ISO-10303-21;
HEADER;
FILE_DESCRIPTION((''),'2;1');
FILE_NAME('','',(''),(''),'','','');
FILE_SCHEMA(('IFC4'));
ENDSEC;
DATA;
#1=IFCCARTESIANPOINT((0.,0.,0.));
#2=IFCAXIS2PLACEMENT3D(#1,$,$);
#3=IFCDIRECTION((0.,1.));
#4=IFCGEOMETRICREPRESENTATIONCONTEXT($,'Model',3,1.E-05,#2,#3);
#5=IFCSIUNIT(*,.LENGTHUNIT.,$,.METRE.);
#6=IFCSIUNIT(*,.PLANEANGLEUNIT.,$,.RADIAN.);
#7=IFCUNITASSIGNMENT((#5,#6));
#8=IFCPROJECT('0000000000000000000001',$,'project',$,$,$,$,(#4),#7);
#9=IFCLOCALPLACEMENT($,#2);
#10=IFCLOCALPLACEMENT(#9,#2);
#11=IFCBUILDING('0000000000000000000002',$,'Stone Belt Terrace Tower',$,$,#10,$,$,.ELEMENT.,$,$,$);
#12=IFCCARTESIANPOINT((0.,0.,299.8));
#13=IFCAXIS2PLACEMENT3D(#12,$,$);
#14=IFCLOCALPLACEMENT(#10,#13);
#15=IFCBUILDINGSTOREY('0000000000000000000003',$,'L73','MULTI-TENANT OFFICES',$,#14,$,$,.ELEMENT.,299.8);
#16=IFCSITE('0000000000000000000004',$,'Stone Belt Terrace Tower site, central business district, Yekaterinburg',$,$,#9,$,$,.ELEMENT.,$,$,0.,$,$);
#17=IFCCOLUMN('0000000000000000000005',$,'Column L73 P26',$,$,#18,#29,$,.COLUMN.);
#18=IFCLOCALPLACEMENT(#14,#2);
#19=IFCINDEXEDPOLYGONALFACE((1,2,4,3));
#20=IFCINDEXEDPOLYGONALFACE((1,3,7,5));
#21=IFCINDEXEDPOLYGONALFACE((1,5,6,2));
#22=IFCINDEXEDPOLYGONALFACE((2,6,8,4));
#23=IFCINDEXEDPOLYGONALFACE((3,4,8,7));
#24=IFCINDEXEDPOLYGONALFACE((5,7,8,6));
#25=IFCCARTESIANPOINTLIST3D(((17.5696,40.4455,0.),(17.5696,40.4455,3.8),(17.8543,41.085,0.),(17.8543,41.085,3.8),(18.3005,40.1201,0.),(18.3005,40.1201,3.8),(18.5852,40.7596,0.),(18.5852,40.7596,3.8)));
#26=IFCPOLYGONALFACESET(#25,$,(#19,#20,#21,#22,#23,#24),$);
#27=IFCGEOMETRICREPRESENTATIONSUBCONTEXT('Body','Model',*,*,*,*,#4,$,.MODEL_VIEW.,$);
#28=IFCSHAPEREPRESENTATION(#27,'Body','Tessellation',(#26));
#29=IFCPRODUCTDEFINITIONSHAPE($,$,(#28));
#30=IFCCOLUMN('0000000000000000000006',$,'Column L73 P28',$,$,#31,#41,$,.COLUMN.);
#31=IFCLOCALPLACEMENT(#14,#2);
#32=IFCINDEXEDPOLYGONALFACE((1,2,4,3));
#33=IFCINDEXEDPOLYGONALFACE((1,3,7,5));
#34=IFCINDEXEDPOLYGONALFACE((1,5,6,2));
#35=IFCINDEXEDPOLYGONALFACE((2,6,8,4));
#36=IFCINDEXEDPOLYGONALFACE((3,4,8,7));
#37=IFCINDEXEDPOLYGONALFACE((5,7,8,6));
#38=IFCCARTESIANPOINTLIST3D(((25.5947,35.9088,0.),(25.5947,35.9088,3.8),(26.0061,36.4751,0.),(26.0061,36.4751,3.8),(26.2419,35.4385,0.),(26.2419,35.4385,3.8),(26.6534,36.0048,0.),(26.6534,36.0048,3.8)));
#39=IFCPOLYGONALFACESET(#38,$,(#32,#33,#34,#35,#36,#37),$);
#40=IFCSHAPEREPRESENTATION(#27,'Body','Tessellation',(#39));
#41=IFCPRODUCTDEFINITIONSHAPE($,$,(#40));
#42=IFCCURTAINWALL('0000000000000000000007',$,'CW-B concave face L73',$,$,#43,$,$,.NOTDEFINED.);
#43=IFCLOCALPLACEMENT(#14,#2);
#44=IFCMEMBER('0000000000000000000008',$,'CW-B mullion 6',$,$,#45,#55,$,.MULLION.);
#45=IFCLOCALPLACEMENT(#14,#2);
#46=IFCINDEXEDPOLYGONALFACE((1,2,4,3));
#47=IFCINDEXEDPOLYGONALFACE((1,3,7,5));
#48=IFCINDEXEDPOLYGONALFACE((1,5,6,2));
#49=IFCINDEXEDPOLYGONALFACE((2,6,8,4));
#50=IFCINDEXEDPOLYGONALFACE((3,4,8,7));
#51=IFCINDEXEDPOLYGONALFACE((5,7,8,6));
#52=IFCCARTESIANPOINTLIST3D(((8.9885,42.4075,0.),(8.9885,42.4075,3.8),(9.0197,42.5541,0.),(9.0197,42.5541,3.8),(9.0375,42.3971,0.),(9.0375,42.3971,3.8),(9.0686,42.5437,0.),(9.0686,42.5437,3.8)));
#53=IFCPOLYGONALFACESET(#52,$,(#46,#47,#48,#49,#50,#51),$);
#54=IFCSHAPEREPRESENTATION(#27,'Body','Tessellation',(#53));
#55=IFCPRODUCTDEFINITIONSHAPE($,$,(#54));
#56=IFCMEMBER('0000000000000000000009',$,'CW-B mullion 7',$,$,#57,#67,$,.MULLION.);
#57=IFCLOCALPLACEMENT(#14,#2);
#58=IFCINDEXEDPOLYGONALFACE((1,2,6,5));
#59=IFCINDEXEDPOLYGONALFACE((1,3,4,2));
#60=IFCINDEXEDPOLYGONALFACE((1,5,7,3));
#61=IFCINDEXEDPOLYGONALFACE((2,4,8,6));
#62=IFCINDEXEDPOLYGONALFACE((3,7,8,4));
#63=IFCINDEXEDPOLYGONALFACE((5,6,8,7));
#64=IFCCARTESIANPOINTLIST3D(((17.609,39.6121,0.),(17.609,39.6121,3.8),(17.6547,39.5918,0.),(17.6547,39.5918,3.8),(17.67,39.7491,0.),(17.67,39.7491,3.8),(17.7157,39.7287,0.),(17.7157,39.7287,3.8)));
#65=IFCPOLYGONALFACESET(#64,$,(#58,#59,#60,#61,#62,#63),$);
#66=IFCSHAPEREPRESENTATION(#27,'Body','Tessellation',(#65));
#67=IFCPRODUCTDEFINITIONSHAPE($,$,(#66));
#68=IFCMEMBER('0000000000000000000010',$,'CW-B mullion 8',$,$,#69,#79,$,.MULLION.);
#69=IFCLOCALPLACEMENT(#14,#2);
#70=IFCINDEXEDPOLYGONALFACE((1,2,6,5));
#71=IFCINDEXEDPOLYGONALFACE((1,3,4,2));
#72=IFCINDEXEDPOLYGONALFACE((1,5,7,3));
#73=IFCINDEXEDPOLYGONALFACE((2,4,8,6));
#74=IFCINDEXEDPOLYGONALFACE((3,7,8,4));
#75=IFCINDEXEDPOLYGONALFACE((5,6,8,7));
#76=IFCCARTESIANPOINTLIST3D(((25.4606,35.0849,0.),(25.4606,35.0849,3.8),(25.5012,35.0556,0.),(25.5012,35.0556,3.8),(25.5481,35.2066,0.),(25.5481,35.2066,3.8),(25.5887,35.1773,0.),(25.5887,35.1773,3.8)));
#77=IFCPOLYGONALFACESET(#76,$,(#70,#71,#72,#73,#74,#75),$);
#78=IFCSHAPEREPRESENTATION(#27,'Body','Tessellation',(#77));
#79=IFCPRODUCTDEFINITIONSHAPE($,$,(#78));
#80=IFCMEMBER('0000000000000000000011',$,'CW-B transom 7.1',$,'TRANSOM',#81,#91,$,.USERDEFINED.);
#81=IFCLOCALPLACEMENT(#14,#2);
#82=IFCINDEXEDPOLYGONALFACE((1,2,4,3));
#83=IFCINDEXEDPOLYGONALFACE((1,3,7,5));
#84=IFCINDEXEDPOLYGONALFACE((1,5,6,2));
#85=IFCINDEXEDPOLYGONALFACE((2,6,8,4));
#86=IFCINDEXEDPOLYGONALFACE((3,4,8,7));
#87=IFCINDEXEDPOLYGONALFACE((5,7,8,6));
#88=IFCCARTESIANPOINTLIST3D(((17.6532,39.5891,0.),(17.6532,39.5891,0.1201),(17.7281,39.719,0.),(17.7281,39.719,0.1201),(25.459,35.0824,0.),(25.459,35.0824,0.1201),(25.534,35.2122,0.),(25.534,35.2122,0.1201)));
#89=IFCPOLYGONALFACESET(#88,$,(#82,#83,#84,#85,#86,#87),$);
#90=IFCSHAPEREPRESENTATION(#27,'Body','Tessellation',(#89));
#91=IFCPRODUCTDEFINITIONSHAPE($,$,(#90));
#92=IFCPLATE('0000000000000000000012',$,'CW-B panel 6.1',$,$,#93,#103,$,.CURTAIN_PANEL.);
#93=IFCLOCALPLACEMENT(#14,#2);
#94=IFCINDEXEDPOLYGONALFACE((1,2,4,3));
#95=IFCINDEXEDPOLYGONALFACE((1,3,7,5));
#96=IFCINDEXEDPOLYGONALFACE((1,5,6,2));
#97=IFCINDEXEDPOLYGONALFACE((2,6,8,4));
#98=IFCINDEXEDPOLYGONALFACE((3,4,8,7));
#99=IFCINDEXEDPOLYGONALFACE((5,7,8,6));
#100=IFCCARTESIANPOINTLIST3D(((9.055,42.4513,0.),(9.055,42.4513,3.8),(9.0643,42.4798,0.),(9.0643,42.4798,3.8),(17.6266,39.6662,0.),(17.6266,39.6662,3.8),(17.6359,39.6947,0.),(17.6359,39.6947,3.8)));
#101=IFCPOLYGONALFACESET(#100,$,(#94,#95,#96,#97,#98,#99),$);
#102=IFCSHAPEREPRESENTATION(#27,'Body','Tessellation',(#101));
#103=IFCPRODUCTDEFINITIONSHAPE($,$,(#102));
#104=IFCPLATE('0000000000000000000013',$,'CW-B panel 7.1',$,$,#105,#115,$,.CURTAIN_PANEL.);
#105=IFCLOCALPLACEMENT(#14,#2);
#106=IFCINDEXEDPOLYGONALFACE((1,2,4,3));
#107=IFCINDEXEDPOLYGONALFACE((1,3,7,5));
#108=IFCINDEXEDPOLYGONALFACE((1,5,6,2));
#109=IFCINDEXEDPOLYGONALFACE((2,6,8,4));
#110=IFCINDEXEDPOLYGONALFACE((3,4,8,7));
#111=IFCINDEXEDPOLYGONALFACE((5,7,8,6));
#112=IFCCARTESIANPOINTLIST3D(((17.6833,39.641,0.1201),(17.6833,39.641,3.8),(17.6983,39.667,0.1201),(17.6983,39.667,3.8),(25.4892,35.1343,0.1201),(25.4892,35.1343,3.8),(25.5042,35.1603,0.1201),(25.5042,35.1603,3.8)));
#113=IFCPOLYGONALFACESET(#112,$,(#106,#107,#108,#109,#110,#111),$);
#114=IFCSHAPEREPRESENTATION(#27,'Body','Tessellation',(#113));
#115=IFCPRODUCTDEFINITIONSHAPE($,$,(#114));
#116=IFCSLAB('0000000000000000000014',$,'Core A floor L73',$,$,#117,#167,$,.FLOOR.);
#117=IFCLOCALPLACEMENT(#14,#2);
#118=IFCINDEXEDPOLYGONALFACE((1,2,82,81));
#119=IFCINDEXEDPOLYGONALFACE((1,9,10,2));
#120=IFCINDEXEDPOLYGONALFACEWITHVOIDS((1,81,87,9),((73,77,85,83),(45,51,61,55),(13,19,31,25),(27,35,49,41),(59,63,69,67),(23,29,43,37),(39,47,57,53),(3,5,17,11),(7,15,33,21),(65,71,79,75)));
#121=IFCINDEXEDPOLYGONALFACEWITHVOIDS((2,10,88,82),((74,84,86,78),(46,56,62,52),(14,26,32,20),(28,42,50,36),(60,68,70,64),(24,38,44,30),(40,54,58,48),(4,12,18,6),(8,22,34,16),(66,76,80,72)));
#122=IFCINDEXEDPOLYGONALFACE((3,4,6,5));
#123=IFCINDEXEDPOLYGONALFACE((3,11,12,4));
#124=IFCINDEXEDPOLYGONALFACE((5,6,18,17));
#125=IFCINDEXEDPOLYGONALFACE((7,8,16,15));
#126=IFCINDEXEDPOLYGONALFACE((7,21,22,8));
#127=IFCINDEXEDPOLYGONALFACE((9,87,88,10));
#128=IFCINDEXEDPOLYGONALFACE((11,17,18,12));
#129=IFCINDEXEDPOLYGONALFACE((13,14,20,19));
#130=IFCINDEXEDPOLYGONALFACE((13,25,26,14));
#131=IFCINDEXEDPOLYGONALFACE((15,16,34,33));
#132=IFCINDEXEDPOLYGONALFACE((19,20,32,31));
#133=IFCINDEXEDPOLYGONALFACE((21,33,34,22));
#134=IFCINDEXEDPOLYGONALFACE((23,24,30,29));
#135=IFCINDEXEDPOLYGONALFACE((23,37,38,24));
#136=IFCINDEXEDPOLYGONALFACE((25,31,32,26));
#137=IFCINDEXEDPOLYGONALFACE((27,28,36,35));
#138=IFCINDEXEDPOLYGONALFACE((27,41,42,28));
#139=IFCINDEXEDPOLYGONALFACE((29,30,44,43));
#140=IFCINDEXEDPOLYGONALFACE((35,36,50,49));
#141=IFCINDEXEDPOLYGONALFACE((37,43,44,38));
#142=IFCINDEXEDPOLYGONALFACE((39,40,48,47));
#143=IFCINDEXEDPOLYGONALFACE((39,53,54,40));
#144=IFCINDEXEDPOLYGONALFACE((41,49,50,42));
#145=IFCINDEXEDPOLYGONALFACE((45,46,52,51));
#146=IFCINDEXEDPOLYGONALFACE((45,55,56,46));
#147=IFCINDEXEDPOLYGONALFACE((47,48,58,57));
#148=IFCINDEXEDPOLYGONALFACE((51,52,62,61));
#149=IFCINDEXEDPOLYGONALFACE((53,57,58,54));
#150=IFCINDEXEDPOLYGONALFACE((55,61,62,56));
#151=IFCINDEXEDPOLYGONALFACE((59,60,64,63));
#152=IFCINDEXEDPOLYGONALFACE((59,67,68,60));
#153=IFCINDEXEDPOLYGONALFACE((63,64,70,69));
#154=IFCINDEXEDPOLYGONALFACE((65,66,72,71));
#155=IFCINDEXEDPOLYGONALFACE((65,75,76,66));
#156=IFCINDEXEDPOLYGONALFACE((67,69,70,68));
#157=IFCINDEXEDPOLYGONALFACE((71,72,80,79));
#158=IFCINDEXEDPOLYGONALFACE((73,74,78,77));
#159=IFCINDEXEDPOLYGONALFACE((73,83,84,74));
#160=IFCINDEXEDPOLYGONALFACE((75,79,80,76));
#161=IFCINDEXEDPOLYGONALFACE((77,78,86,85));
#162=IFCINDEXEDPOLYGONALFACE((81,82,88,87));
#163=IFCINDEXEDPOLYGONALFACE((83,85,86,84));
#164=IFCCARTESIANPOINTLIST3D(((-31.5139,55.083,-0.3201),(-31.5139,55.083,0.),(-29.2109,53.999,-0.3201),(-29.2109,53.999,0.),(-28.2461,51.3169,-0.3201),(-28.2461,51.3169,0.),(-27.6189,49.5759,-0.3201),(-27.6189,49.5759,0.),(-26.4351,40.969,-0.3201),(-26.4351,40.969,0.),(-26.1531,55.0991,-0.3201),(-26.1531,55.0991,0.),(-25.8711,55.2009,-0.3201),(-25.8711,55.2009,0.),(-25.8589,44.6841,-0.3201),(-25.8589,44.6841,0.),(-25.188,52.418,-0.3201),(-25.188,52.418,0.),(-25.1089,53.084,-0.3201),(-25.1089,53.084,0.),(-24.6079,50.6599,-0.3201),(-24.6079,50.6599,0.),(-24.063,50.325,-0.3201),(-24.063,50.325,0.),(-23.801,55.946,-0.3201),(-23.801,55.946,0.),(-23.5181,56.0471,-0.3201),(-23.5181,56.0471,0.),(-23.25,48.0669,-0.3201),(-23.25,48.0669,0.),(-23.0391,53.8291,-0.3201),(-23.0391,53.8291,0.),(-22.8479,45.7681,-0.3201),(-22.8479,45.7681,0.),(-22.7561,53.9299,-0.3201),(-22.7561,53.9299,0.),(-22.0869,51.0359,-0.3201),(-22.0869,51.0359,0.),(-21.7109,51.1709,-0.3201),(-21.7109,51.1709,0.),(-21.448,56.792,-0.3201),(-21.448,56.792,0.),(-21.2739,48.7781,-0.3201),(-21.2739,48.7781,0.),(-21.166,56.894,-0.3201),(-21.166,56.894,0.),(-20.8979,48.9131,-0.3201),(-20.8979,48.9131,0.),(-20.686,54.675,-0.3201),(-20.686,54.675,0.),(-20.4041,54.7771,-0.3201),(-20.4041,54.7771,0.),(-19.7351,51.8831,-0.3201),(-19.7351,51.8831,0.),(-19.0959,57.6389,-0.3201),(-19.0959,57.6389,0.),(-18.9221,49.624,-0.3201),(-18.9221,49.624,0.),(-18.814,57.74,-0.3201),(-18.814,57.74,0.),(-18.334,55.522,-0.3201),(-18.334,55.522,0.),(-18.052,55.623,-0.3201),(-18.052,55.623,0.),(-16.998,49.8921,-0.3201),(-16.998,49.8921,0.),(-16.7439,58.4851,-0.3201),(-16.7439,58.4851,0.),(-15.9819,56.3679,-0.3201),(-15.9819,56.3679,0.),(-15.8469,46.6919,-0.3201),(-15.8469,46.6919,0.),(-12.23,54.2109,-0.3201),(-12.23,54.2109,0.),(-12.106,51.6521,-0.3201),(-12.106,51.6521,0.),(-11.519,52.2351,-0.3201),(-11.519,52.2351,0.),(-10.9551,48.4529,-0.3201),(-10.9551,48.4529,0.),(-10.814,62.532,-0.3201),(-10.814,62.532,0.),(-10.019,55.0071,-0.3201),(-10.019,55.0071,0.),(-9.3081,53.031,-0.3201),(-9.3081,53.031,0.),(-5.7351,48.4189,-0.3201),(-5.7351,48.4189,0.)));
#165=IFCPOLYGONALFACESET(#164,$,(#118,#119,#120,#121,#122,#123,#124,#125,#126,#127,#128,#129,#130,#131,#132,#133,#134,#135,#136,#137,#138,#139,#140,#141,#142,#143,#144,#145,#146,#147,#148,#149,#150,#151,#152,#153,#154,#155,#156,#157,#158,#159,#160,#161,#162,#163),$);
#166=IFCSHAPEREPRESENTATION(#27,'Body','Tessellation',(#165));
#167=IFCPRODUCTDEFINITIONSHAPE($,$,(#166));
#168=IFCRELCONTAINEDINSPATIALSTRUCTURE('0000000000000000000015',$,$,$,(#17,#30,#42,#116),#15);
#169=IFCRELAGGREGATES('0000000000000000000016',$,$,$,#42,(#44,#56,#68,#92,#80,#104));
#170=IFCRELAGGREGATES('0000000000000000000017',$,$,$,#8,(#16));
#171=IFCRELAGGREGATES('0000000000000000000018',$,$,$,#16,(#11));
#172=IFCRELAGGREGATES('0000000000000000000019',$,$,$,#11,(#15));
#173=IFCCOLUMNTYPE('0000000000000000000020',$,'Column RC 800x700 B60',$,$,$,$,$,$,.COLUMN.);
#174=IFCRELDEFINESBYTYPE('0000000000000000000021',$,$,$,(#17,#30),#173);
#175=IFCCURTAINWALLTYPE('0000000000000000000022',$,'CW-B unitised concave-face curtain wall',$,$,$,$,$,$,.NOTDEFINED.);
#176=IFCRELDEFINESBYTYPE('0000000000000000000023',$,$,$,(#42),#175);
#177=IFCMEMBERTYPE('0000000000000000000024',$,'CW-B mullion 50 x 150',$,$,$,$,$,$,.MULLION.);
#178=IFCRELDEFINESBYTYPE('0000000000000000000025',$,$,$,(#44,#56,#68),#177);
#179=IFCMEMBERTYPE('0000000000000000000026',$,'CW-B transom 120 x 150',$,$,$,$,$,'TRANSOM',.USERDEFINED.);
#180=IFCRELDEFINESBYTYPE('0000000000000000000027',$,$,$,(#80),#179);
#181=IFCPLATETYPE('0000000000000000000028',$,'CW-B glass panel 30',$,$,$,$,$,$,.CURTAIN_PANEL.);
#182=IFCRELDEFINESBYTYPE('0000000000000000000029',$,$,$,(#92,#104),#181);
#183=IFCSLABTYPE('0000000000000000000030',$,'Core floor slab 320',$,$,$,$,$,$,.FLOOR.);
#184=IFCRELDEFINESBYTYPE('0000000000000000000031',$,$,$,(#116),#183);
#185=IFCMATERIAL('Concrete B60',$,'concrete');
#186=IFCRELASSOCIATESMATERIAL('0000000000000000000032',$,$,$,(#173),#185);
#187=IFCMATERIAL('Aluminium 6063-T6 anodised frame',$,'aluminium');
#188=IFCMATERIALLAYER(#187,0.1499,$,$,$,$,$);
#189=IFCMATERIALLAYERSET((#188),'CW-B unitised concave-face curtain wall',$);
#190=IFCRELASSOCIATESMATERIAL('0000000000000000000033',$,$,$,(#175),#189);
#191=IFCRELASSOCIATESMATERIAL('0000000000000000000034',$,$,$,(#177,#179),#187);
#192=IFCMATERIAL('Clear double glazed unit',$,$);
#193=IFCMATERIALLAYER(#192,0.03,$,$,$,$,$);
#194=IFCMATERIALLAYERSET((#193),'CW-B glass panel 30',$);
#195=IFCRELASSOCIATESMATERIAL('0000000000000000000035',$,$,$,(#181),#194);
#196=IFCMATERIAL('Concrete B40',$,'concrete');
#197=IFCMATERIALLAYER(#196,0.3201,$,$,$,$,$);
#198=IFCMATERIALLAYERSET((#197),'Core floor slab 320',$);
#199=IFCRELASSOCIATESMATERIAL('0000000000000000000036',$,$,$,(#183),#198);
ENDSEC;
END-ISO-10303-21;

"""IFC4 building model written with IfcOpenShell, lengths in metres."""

from ifc_helpers import new_model, si_unit, direction, frame, origin, origin_2d, place, context, subcontext, project, spatial, polyline, rectangle, outline, extrude, material, layer, layer_set, material_profile, profile_set, type_object, element, aggregate, save


model = new_model("IFC4")

# Units and contexts
model_context = context("Model", 3, precision=1e-05, world=origin(), true_north=direction((0.0, 1.0)))
body_context = subcontext(model_context, "Body", "Model", "MODEL_VIEW")
ifc_project = project(units=[si_unit("LENGTHUNIT", "METRE"), si_unit("PLANEANGLEUNIT", "RADIAN")], contexts=[model_context])

# Site, building, storey
site_placement = place(None, origin())
site = spatial("IfcSite", under=ifc_project, at=site_placement, Name="Stone Belt Terrace Tower site, central business district, Yekaterinburg", CompositionType="ELEMENT", RefElevation=0.0)
building_placement = place(site_placement, origin())
building = spatial("IfcBuilding", under=site, at=building_placement, Name="Stone Belt Terrace Tower", CompositionType="ELEMENT")
storey_placement = place(building_placement, frame((0.0, 0.0, 299.8)))
storey = spatial("IfcBuildingStorey", under=building, at=storey_placement, Name="L73", Description="MULTI-TENANT OFFICES", CompositionType="ELEMENT", Elevation=299.8)

# Columns
ifc_material_1 = material(Name="Concrete B60", Category="concrete")
ifc_material_profile_1 = material_profile(ifc_material_1, rectangle(XDim=0.8, YDim=0.7, at=origin_2d()), Name="RC 800x700")
ifc_profile_set_1 = profile_set([ifc_material_profile_1], Name="Concrete B60")
column_type = type_object("IfcColumnType", Name="Column RC 800x700 B60", PredefinedType="COLUMN", material=ifc_profile_set_1)
for number, where, z_axis, x_axis, name in (
    (1, (18.0774, 40.6025, 0.0), (0.0, 0.0, 1.0), (0.913545, -0.406737, 0.0), "Column L73 P26"),
    (2, (26.124, 35.9568, 0.0), (0.0, 0.0, 1.0), (0.809017, -0.587785, 0.0), "Column L73 P28"),
):
    element("IfcColumn", number, at=place(storey_placement, frame(where, z_axis=z_axis, x_axis=x_axis)), inside=storey, type_object=column_type, Name=name, PredefinedType="COLUMN", context=body_context, shape_type="SweptSolid", body=[
        extrude(rectangle(XDim=0.8, YDim=0.7, at=origin_2d()), origin(), (0.0, 0.0, 1.0), 3.8),
    ])

# Curtain wall, members, plates
ifc_material_2 = material(Name="Aluminium 6063-T6 anodised frame", Category="aluminium")
ifc_layer_1 = layer(ifc_material_2, 0.1499)
ifc_layer_set_1 = layer_set([ifc_layer_1], Name="CW-B unitised concave-face curtain wall")
curtain_wall_type = type_object("IfcCurtainWallType", Name="CW-B unitised concave-face curtain wall", PredefinedType="NOTDEFINED", material=ifc_layer_set_1)
curtain_wall_placement = place(storey_placement, origin())
curtain_wall = element("IfcCurtainWall", 3, at=curtain_wall_placement, inside=storey, type_object=curtain_wall_type, Name="CW-B concave face L73", PredefinedType="NOTDEFINED")
ifc_material_profile_2 = material_profile(ifc_material_2, rectangle(XDim=0.1499, YDim=0.05, at=origin_2d()), Name="Aluminium 6063-T6 50x150")
ifc_profile_set_2 = profile_set([ifc_material_profile_2], Name="Aluminium 6063-T6 anodised frame")
member_type_1 = type_object("IfcMemberType", Name="CW-B mullion 50 x 150", PredefinedType="MULLION", material=ifc_profile_set_2)
member_1_placement = place(storey_placement, frame((9.0286, 42.4756, 0.0), z_axis=(0.0, 0.0, 1.0), x_axis=(0.207912, 0.978148, 0.0)))
member_1 = element("IfcMember", 4, at=member_1_placement, type_object=member_type_1, Name="CW-B mullion 6", PredefinedType="MULLION", context=body_context, shape_type="SweptSolid", body=[
    extrude(rectangle(XDim=0.1499, YDim=0.05, at=origin_2d()), origin(), (0.0, 0.0, 1.0), 3.8),
])
member_2_placement = place(storey_placement, frame((17.6624, 39.6704, 0.0), z_axis=(0.0, 0.0, 1.0), x_axis=(0.406737, 0.913545, 0.0)))
member_2 = element("IfcMember", 5, at=member_2_placement, type_object=member_type_1, Name="CW-B mullion 7", PredefinedType="MULLION", context=body_context, shape_type="SweptSolid", body=[
    extrude(rectangle(XDim=0.1499, YDim=0.05, at=origin_2d()), origin(), (0.0, 0.0, 1.0), 3.8),
])
member_3_placement = place(storey_placement, frame((25.5247, 35.1311, 0.0), z_axis=(0.0, 0.0, 1.0), x_axis=(0.583819, 0.811884, 0.0)))
member_3 = element("IfcMember", 6, at=member_3_placement, type_object=member_type_1, Name="CW-B mullion 8", PredefinedType="MULLION", context=body_context, shape_type="SweptSolid", body=[
    extrude(rectangle(XDim=0.1499, YDim=0.05, at=origin_2d()), origin(), (0.0, 0.0, 1.0), 3.8),
])
ifc_material_profile_3 = material_profile(ifc_material_2, rectangle(XDim=0.1499, YDim=0.1201, at=origin_2d()), Name="Aluminium 6063-T6 150x120")
ifc_profile_set_3 = profile_set([ifc_material_profile_3], Name="Aluminium 6063-T6 anodised frame")
member_type_2 = type_object("IfcMemberType", Name="CW-B transom 120 x 150", ElementType="TRANSOM", PredefinedType="USERDEFINED", material=ifc_profile_set_3)
member_4_placement = place(storey_placement, frame((17.6907, 39.6541, 0.0601), z_axis=(0.866021, -0.500008, 0.0), x_axis=(0.500008, 0.866021, 0.0)))
member_4 = element("IfcMember", 7, at=member_4_placement, type_object=member_type_2, Name="CW-B transom 7.1", ObjectType="TRANSOM", PredefinedType="USERDEFINED", context=body_context, shape_type="SweptSolid", body=[
    extrude(rectangle(XDim=0.1499, YDim=0.1201, at=origin_2d()), origin(), (0.0, 0.0, 1.0), 9.0134),
])
ifc_material_3 = material(Name="Clear double glazed unit")
ifc_layer_2 = layer(ifc_material_3, 0.03)
ifc_layer_set_2 = layer_set([ifc_layer_2], Name="CW-B glass panel 30")
plate_type = type_object("IfcPlateType", Name="CW-B glass panel 30", PredefinedType="CURTAIN_PANEL", material=ifc_layer_set_2)
plate_1_placement = place(storey_placement, frame((13.3455, 41.073, 0.0), z_axis=(0.0, 0.0, 1.0), x_axis=(0.951057, -0.309017, 0.0)))
plate_1 = element("IfcPlate", 8, at=plate_1_placement, type_object=plate_type, Name="CW-B panel 6.1", PredefinedType="CURTAIN_PANEL", context=body_context, shape_type="SweptSolid", body=[
    extrude(rectangle(XDim=9.0127, YDim=0.03, at=origin_2d()), origin(), (0.0, 0.0, 1.0), 3.8),
])
plate_2_placement = place(storey_placement, frame((21.5938, 37.4006, 0.1201), z_axis=(0.0, 0.0, 1.0), x_axis=(0.866025, -0.5, 0.0)))
plate_2 = element("IfcPlate", 9, at=plate_2_placement, type_object=plate_type, Name="CW-B panel 7.1", PredefinedType="CURTAIN_PANEL", context=body_context, shape_type="SweptSolid", body=[
    extrude(rectangle(XDim=9.0134, YDim=0.03, at=origin_2d()), origin(), (0.0, 0.0, 1.0), 3.6799),
])
aggregate(curtain_wall, [member_1, member_2, member_3, plate_1, member_4, plate_2])

# Slab
ifc_material_4 = material(Name="Concrete B40", Category="concrete")
ifc_layer_3 = layer(ifc_material_4, 0.3201)
ifc_layer_set_3 = layer_set([ifc_layer_3], Name="Core floor slab 320")
slab_type_1 = type_object("IfcSlabType", Name="Core floor slab 320", PredefinedType="FLOOR", material=ifc_layer_set_3)
slab_1_placement = place(storey_placement, frame((0.0, 0.0, -0.3201)))
element("IfcSlab", 10, at=slab_1_placement, inside=storey, type_object=slab_type_1, Name="Core A floor L73", PredefinedType="FLOOR", context=body_context, shape_type="SweptSolid", body=[
    extrude(outline(polyline([(-26.4351, 40.969), (-5.7351, 48.4189), (-10.814, 62.532), (-31.5139, 55.083), (-26.4351, 40.969)]), holes=[polyline([(-24.6079, 50.6599), (-22.8479, 45.7681), (-25.8589, 44.6841), (-27.6189, 49.5759), (-24.6079, 50.6599)]), polyline([(-10.9551, 48.4529), (-15.8469, 46.6919), (-16.998, 49.8921), (-12.106, 51.6521), (-10.9551, 48.4529)]), polyline([(-22.0869, 51.0359), (-21.2739, 48.7781), (-23.25, 48.0669), (-24.063, 50.325), (-22.0869, 51.0359)]), polyline([(-18.9221, 49.624), (-20.8979, 48.9131), (-21.7109, 51.1709), (-19.7351, 51.8831), (-18.9221, 49.624)]), polyline([(-29.2109, 53.999), (-26.1531, 55.0991), (-25.188, 52.418), (-28.2461, 51.3169), (-29.2109, 53.999)]), polyline([(-10.019, 55.0071), (-9.3081, 53.031), (-11.519, 52.2351), (-12.23, 54.2109), (-10.019, 55.0071)]), polyline([(-25.8711, 55.2009), (-23.801, 55.946), (-23.0391, 53.8291), (-25.1089, 53.084), (-25.8711, 55.2009)]), polyline([(-23.5181, 56.0471), (-21.448, 56.792), (-20.686, 54.675), (-22.7561, 53.9299), (-23.5181, 56.0471)]), polyline([(-19.0959, 57.6389), (-18.334, 55.522), (-20.4041, 54.7771), (-21.166, 56.894), (-19.0959, 57.6389)]), polyline([(-16.7439, 58.4851), (-15.9819, 56.3679), (-18.052, 55.623), (-18.814, 57.74), (-16.7439, 58.4851)])]), origin(), (0.0, 0.0, 1.0), 0.3201),
])

save(model, "model.ifc")
